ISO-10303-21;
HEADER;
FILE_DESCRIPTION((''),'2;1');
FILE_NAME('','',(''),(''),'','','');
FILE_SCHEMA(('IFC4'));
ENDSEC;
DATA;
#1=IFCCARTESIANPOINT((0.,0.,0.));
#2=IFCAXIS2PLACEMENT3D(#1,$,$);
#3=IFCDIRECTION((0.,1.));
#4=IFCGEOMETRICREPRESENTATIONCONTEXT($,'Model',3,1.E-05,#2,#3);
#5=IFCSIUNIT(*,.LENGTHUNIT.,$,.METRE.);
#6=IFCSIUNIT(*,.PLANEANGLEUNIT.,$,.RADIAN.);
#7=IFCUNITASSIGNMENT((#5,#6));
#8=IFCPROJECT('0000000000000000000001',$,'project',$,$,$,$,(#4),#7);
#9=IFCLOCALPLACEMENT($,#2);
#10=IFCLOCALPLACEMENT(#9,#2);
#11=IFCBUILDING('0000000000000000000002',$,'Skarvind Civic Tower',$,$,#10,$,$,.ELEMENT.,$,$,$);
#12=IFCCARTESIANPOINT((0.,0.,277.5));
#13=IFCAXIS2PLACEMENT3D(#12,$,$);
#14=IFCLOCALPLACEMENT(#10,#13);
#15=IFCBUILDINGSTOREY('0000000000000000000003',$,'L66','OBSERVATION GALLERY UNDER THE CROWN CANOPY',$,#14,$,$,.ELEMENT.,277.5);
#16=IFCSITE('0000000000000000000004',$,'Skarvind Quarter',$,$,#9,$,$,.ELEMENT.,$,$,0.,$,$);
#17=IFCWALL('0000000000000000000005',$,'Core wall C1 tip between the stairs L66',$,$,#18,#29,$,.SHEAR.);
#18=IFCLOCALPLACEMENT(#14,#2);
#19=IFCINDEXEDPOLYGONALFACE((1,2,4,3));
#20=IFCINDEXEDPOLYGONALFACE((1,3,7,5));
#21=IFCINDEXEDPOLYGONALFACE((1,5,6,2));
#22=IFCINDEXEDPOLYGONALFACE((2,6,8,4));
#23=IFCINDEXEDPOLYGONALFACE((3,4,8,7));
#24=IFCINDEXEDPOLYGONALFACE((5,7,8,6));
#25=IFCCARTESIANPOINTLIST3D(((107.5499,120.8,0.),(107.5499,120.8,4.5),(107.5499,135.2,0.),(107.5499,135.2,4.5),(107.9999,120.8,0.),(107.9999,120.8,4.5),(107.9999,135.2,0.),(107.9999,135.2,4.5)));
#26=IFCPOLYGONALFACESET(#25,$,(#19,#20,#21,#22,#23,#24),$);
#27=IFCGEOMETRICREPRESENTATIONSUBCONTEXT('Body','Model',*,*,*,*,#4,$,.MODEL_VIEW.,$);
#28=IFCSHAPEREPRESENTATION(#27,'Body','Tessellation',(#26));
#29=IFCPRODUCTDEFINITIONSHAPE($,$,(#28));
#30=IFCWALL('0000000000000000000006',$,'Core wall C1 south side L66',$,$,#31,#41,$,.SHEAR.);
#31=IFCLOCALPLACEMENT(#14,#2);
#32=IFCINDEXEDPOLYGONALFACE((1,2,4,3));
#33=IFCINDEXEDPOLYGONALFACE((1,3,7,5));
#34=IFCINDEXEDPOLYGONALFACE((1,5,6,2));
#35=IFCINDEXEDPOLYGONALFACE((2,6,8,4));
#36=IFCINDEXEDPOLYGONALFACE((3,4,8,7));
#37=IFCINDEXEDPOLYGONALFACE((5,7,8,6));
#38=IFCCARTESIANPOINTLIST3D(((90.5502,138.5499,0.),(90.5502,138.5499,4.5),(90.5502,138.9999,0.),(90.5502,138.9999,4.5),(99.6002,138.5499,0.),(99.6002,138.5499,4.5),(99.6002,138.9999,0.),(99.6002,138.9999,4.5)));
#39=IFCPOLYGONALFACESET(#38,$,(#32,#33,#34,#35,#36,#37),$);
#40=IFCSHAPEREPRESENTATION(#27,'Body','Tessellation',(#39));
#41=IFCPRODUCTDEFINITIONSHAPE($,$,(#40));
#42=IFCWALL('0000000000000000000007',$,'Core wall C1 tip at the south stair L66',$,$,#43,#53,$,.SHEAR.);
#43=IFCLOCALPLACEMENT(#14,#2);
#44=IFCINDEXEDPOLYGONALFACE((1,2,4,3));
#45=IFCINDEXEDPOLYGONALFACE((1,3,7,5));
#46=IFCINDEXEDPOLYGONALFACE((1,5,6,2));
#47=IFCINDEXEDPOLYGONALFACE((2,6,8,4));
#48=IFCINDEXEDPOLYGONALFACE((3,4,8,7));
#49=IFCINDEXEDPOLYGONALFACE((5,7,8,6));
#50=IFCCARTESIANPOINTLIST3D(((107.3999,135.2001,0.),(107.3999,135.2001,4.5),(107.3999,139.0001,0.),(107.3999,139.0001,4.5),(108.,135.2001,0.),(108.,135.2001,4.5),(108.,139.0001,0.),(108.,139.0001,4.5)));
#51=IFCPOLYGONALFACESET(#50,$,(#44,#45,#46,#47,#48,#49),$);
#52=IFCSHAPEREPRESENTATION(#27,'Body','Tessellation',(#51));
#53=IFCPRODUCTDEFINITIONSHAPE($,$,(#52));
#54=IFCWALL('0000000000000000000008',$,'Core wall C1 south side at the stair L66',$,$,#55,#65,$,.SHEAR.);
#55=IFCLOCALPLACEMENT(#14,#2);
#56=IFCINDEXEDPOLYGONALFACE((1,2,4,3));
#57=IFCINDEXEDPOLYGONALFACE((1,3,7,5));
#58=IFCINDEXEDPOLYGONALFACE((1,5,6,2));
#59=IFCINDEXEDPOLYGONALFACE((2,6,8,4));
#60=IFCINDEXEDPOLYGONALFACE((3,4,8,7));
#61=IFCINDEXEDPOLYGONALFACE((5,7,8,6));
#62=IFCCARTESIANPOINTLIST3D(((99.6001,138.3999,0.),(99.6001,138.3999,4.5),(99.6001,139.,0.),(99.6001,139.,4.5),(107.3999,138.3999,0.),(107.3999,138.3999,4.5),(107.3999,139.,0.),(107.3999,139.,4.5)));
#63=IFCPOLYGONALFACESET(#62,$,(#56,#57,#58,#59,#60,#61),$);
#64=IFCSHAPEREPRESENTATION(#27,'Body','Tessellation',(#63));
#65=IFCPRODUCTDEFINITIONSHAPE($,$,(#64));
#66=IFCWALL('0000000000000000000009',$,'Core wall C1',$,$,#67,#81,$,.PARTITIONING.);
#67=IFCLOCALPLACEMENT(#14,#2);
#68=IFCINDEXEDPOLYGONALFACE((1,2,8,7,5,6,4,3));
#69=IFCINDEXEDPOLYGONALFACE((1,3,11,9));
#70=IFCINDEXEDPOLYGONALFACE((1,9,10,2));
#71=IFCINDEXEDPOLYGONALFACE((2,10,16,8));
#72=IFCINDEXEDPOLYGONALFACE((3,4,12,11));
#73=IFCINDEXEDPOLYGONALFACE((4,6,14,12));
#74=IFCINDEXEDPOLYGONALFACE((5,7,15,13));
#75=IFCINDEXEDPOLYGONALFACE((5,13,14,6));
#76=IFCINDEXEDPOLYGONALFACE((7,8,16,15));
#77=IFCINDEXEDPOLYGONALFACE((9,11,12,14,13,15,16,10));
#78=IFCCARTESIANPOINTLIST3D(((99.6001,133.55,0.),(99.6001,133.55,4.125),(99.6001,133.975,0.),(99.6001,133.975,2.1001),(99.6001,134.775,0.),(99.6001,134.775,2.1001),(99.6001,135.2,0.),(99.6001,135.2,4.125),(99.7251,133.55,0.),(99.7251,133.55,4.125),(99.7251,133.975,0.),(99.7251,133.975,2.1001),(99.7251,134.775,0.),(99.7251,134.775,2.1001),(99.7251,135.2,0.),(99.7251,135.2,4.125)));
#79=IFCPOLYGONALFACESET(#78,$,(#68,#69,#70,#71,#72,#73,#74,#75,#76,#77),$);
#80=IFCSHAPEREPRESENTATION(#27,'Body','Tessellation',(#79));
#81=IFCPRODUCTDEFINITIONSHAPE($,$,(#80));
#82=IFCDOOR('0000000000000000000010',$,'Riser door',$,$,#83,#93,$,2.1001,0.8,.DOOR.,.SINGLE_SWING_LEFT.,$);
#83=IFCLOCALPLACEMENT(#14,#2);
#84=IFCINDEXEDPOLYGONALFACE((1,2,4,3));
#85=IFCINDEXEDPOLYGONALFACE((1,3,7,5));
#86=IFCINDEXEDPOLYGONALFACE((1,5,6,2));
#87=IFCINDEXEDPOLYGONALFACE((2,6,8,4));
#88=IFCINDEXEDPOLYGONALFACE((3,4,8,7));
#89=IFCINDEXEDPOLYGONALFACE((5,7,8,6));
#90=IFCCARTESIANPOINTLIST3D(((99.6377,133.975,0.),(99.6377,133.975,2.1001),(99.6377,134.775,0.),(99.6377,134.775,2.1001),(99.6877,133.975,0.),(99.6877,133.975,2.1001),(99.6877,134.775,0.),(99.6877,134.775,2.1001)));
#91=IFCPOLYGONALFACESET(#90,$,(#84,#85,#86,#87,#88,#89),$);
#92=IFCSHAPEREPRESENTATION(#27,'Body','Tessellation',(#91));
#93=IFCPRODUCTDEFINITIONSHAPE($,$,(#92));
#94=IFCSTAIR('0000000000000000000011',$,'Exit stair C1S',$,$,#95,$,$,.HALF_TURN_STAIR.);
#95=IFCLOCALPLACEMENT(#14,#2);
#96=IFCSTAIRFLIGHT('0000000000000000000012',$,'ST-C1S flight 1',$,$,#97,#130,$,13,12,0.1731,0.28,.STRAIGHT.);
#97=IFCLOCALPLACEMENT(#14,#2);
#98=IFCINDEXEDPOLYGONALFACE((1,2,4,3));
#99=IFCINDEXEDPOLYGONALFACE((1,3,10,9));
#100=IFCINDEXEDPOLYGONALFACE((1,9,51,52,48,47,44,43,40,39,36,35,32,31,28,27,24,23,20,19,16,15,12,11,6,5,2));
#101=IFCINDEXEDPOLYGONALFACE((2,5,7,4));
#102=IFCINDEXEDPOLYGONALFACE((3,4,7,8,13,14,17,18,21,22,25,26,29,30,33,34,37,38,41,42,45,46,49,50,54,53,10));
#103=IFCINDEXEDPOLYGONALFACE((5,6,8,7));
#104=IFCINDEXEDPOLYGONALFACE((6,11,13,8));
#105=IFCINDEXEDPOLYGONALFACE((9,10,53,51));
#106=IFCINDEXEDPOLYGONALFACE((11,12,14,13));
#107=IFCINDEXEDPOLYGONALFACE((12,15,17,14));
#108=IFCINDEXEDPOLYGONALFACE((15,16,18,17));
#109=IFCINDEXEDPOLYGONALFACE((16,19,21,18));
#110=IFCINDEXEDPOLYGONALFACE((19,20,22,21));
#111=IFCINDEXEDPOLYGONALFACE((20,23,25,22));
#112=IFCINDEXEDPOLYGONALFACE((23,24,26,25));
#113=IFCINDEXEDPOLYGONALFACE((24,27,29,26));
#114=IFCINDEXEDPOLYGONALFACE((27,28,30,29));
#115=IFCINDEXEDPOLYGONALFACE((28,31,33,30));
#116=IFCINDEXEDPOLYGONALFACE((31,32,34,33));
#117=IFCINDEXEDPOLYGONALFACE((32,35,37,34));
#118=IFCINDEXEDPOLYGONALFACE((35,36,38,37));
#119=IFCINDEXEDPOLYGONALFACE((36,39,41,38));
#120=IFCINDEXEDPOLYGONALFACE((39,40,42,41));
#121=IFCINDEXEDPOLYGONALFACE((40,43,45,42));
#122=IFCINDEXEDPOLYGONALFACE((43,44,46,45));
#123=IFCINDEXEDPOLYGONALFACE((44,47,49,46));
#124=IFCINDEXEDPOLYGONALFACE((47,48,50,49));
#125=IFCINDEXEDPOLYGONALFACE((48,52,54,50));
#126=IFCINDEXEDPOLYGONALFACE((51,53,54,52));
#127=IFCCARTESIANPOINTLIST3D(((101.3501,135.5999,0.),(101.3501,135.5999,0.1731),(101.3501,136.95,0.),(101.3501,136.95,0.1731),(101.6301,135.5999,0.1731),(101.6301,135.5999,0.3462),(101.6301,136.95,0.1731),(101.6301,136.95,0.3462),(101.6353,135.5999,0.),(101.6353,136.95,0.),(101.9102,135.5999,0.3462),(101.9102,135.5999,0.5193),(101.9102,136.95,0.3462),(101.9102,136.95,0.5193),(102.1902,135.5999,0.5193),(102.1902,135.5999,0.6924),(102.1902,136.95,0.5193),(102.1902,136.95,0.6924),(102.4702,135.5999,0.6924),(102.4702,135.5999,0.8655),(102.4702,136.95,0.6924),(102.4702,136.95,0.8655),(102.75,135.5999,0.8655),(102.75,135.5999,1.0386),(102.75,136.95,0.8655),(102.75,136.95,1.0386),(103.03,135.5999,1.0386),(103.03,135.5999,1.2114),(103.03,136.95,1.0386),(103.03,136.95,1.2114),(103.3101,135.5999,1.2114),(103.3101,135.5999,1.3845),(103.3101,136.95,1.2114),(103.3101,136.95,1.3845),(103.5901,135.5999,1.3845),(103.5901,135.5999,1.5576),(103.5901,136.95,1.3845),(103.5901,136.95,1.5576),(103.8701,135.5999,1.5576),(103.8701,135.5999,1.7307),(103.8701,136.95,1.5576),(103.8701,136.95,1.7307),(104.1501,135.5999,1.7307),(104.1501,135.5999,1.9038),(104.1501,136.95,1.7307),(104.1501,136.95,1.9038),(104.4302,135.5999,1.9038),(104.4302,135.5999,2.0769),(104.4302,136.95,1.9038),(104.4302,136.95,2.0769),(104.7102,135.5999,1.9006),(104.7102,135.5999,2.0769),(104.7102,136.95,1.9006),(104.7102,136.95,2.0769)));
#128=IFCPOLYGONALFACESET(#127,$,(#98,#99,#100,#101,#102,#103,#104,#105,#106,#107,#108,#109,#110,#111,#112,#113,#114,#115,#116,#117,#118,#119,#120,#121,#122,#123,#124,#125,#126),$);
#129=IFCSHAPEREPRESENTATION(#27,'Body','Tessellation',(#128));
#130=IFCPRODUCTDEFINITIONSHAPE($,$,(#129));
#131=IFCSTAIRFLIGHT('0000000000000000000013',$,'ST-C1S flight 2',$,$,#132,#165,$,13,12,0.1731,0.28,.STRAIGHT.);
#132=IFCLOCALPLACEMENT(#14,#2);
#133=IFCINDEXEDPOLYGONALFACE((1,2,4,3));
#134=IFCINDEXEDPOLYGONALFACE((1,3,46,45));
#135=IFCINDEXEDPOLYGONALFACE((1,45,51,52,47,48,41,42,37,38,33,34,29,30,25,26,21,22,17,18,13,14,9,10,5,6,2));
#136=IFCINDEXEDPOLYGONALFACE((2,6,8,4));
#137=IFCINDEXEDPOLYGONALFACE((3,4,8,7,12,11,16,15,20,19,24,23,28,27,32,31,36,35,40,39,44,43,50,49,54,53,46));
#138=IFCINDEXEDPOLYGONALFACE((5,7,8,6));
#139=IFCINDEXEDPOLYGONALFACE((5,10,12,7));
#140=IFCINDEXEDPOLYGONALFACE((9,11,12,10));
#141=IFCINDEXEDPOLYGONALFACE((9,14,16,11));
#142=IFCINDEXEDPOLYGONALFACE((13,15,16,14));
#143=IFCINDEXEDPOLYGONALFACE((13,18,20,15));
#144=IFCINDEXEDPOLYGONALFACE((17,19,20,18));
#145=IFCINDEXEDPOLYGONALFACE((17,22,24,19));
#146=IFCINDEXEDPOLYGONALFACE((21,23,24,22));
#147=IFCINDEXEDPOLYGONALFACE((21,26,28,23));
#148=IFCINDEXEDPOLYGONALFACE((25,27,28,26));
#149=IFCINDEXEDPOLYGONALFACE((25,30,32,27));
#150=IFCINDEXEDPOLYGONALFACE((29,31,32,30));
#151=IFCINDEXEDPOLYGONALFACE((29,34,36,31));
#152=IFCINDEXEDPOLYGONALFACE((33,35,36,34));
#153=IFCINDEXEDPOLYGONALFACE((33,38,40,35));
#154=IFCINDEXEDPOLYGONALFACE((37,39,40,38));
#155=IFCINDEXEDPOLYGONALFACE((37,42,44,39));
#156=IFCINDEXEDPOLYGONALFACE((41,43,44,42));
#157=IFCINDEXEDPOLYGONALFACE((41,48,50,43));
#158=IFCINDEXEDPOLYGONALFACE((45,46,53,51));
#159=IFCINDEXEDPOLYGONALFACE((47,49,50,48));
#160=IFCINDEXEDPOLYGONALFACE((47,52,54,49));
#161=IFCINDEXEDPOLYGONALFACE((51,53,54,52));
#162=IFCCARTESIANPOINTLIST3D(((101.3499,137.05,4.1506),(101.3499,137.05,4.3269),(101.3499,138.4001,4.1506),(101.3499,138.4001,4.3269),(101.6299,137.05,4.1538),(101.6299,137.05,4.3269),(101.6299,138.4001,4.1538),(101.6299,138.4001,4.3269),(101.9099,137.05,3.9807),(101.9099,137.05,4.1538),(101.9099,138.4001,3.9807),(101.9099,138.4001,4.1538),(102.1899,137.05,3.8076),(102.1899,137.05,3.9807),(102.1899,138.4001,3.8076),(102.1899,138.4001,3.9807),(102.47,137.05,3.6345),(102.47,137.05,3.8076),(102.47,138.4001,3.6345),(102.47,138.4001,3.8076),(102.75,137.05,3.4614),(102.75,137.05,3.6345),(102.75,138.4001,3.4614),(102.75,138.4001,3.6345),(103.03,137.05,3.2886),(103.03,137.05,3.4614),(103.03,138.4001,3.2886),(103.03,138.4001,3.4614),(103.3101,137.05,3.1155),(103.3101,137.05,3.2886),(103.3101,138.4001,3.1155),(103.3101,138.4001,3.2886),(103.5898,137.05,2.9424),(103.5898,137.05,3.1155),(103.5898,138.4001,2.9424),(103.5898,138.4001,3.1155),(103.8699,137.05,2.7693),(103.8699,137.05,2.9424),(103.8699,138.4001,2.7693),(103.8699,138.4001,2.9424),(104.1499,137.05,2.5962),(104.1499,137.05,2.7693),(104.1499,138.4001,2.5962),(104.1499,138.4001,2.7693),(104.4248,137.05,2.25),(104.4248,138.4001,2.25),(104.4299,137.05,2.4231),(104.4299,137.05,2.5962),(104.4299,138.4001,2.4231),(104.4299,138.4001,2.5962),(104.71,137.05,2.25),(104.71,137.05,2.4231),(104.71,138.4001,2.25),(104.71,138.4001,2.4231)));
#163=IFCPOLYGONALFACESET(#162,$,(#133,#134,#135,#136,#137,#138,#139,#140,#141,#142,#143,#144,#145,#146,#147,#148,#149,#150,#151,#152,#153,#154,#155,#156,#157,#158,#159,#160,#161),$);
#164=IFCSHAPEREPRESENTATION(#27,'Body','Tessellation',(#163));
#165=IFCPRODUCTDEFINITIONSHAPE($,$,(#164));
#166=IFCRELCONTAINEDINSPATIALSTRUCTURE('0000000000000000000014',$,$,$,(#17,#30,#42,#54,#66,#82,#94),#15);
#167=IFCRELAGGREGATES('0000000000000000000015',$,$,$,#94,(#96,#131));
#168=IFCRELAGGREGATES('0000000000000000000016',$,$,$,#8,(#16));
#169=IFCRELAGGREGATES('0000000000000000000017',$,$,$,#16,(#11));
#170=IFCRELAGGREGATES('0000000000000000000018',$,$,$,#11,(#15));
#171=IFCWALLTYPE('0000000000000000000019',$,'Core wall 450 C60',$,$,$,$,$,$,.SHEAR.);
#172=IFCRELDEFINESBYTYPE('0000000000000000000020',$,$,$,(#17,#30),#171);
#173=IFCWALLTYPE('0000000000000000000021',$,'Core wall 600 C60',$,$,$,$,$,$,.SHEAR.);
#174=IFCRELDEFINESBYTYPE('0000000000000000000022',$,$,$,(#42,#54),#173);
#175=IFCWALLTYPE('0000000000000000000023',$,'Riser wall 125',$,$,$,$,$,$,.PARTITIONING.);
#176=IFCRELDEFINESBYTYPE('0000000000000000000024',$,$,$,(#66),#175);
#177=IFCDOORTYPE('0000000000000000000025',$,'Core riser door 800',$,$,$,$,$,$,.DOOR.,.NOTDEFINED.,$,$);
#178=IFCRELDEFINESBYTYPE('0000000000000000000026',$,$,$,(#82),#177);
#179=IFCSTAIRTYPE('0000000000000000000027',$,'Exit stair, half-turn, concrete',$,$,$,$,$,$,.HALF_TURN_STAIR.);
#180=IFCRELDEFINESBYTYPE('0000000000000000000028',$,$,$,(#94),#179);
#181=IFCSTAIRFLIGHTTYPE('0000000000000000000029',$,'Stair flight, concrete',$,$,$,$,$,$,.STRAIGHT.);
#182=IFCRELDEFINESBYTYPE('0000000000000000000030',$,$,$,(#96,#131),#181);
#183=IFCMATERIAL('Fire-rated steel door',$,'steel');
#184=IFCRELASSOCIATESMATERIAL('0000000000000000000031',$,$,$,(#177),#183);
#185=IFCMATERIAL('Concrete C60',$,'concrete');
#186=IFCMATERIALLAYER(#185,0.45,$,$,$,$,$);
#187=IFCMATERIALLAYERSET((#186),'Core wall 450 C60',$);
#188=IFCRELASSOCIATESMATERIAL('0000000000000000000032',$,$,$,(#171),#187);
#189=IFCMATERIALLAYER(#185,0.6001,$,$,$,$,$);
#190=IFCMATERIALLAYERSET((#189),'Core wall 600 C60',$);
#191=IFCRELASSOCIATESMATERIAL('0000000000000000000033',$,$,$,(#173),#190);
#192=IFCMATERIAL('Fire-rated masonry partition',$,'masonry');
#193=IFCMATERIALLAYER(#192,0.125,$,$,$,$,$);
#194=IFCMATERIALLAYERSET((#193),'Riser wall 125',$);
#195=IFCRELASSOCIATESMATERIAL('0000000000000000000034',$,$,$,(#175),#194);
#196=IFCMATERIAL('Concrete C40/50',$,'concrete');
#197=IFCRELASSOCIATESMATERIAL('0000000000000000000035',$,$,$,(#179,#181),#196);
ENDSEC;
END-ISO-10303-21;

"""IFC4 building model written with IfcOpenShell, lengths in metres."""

from ifc_helpers import new_model, si_unit, direction, frame, frame_2d, origin, place, context, subcontext, project, spatial, polyline, rectangle, outline, extrude, material, layer, layer_set, type_object, element, fill, aggregate, save


model = new_model("IFC4")

# Units and contexts
model_context = context("Model", 3, precision=1e-05, world=origin(), true_north=direction((0.0, 1.0)))
body_context = subcontext(model_context, "Body", "Model", "MODEL_VIEW")
ifc_project = project(units=[si_unit("LENGTHUNIT", "METRE"), si_unit("PLANEANGLEUNIT", "RADIAN")], contexts=[model_context])

# Site, building, storey
site_placement = place(None, origin())
site = spatial("IfcSite", under=ifc_project, at=site_placement, Name="Skarvind Quarter", CompositionType="ELEMENT", RefElevation=0.0)
building_placement = place(site_placement, origin())
building = spatial("IfcBuilding", under=site, at=building_placement, Name="Skarvind Civic Tower", CompositionType="ELEMENT")
storey_placement = place(building_placement, frame((0.0, 0.0, 277.5)))
storey = spatial("IfcBuildingStorey", under=building, at=storey_placement, Name="L66", Description="OBSERVATION GALLERY UNDER THE CROWN CANOPY", CompositionType="ELEMENT", Elevation=277.5)

# Shared definitions
ifc_material_1 = material(Name="Concrete C60", Category="concrete")
ifc_material_2 = material(Name="Fire-rated steel door", Category="steel")
door_type_1 = type_object("IfcDoorType", Name="Core riser door 800", OperationType="NOTDEFINED", PredefinedType="DOOR", material=ifc_material_2)

# Walls
ifc_layer_1 = layer(ifc_material_1, 0.45)
ifc_layer_set_1 = layer_set([ifc_layer_1], Name="Core wall 450 C60")
wall_type_1 = type_object("IfcWallType", Name="Core wall 450 C60", PredefinedType="SHEAR", material=ifc_layer_set_1)
wall_1_placement = place(storey_placement, frame((107.7749, 135.2, 0.0), z_axis=(0.0, 0.0, 1.0), x_axis=(0.0, -1.0, 0.0)))
element("IfcWall", 1, at=wall_1_placement, inside=storey, type_object=wall_type_1, Name="Core wall C1 tip between the stairs L66", PredefinedType="SHEAR", context=body_context, shape_type="SweptSolid", body=[
    extrude(rectangle(XDim=14.3999, YDim=0.45, at=frame_2d((7.2, 0.0))), origin(), (0.0, 0.0, 1.0), 4.5),
])
wall_2_placement = place(storey_placement, frame((99.6001, 138.7749, 0.0), z_axis=(0.0, 0.0, 1.0), x_axis=(-1.0, 0.0, 0.0)))
element("IfcWall", 2, at=wall_2_placement, inside=storey, type_object=wall_type_1, Name="Core wall C1 south side L66", PredefinedType="SHEAR", context=body_context, shape_type="SweptSolid", body=[
    extrude(rectangle(XDim=9.05, YDim=0.45, at=frame_2d((4.5249, 0.0))), origin(), (0.0, 0.0, 1.0), 4.5),
])
ifc_layer_2 = layer(ifc_material_1, 0.6001)
ifc_layer_set_2 = layer_set([ifc_layer_2], Name="Core wall 600 C60")
wall_type_2 = type_object("IfcWallType", Name="Core wall 600 C60", PredefinedType="SHEAR", material=ifc_layer_set_2)
wall_3_placement = place(storey_placement, frame((107.7, 139.0, 0.0), z_axis=(0.0, 0.0, 1.0), x_axis=(0.0, -1.0, 0.0)))
element("IfcWall", 3, at=wall_3_placement, inside=storey, type_object=wall_type_2, Name="Core wall C1 tip at the south stair L66", PredefinedType="SHEAR", context=body_context, shape_type="SweptSolid", body=[
    extrude(rectangle(XDim=3.8, YDim=0.6001, at=frame_2d((1.8999, 0.0))), origin(), (0.0, 0.0, 1.0), 4.5),
])
wall_4_placement = place(storey_placement, frame((107.3999, 138.7, 0.0), z_axis=(0.0, 0.0, 1.0), x_axis=(-1.0, 0.0, 0.0)))
element("IfcWall", 4, at=wall_4_placement, inside=storey, type_object=wall_type_2, Name="Core wall C1 south side at the stair L66", PredefinedType="SHEAR", context=body_context, shape_type="SweptSolid", body=[
    extrude(rectangle(XDim=7.7998, YDim=0.6001, at=frame_2d((3.8999, 0.0))), origin(), (0.0, 0.0, 1.0), 4.5),
])

# Wall, opening, door
ifc_material_3 = material(Name="Fire-rated masonry partition", Category="masonry")
ifc_layer_3 = layer(ifc_material_3, 0.125)
ifc_layer_set_3 = layer_set([ifc_layer_3], Name="Riser wall 125")
wall_type_3 = type_object("IfcWallType", Name="Riser wall 125", PredefinedType="PARTITIONING", material=ifc_layer_set_3)
wall_5_placement = place(storey_placement, frame((99.6626, 133.55, 0.0), z_axis=(0.0, 0.0, 1.0), x_axis=(0.0, 1.0, 0.0)))
wall_5 = element("IfcWall", 5, at=wall_5_placement, inside=storey, type_object=wall_type_3, Name="Core wall C1", PredefinedType="PARTITIONING", context=body_context, shape_type="SweptSolid", body=[
    extrude(rectangle(XDim=1.6499, YDim=0.125, at=frame_2d((0.825, 0.0))), origin(), (0.0, 0.0, 1.0), 4.125),
])
opening_1_placement = place(wall_5_placement, frame((0.425, 0.0, 0.0)))
opening_1 = element("IfcOpeningElement", 6, at=opening_1_placement, cuts=wall_5, PredefinedType="OPENING", context=body_context, shape_type="SweptSolid", body=[
    extrude(rectangle(XDim=0.8, YDim=2.1001, at=frame_2d((0.3999, 1.05))), frame((0.0, 0.0725, 0.0), z_axis=(0.0, -1.0, 0.0), x_axis=(1.0, 0.0, 0.0)), (0.0, 0.0, 1.0), 0.145),
])
door_1_placement = place(opening_1_placement, origin())
door_1 = element("IfcDoor", 7, at=door_1_placement, inside=storey, type_object=door_type_1, Name="Riser door", OperationType="SINGLE_SWING_LEFT", OverallHeight=2.1001, OverallWidth=0.8, PredefinedType="DOOR", context=body_context, shape_type="SweptSolid", body=[
    extrude(rectangle(XDim=0.8, YDim=2.1001, at=frame_2d((0.3999, 1.05))), frame((0.0, 0.0249, 0.0), z_axis=(0.0, -1.0, 0.0), x_axis=(1.0, 0.0, 0.0)), (0.0, 0.0, 1.0), 0.05),
])
fill(opening_1, door_1)

# Stair, stair flights
ifc_material_4 = material(Name="Concrete C40/50", Category="concrete")
stair_type = type_object("IfcStairType", Name="Exit stair, half-turn, concrete", PredefinedType="HALF_TURN_STAIR", material=ifc_material_4)
stair_placement = place(storey_placement, origin())
stair = element("IfcStair", 8, at=stair_placement, inside=storey, type_object=stair_type, Name="Exit stair C1S", PredefinedType="HALF_TURN_STAIR")
stair_flight_type = type_object("IfcStairFlightType", Name="Stair flight, concrete", PredefinedType="STRAIGHT", material=ifc_material_4)
stair_flight_1_placement = place(storey_placement, frame((101.3501, 136.2749, 0.0), z_axis=(0.0, 0.0, 1.0), x_axis=(1.0, 0.0, 0.0)))
stair_flight_1 = element("IfcStairFlight", 9, at=stair_flight_1_placement, type_object=stair_flight_type, Name="ST-C1S flight 1", NumberOfRisers=13, NumberOfTreads=12, PredefinedType="STRAIGHT", RiserHeight=0.1731, TreadLength=0.28, context=body_context, shape_type="SweptSolid", body=[
    extrude(outline(polyline([(0.0, 0.0), (0.0, 0.1731), (0.28, 0.1731), (0.28, 0.3462), (0.5601, 0.3462), (0.5601, 0.5193), (0.8401, 0.5193), (0.8401, 0.6924), (1.1201, 0.6924), (1.1201, 0.8655), (1.3999, 0.8655), (1.3999, 1.0386), (1.6799, 1.0386), (1.6799, 1.2114), (1.96, 1.2114), (1.96, 1.3845), (2.24, 1.3845), (2.24, 1.5576), (2.52, 1.5576), (2.52, 1.7307), (2.8, 1.7307), (2.8, 1.9038), (3.0801, 1.9038), (3.0801, 2.0769), (3.3601, 2.0769), (3.3601, 2.25), (3.3601, 1.9006), (0.2852, 0.0), (0.0, 0.0)])), frame((0.0, 0.675, 0.0), z_axis=(0.0, -1.0, 0.0), x_axis=(1.0, 0.0, 0.0)), (0.0, 0.0, 1.0), 1.3501),
])
stair_flight_2_placement = place(storey_placement, frame((104.71, 137.7251, 2.25), z_axis=(0.0, 0.0, 1.0), x_axis=(-1.0, 0.0, 0.0)))
stair_flight_2 = element("IfcStairFlight", 10, at=stair_flight_2_placement, type_object=stair_flight_type, Name="ST-C1S flight 2", NumberOfRisers=13, NumberOfTreads=12, PredefinedType="STRAIGHT", RiserHeight=0.1731, TreadLength=0.28, context=body_context, shape_type="SweptSolid", body=[
    extrude(outline(polyline([(0.0, 0.0), (0.0, 0.1731), (0.28, 0.1731), (0.28, 0.3462), (0.5601, 0.3462), (0.5601, 0.5193), (0.8401, 0.5193), (0.8401, 0.6924), (1.1201, 0.6924), (1.1201, 0.8655), (1.3999, 0.8655), (1.3999, 1.0386), (1.6799, 1.0386), (1.6799, 1.2114), (1.96, 1.2114), (1.96, 1.3845), (2.24, 1.3845), (2.24, 1.5576), (2.52, 1.5576), (2.52, 1.7307), (2.8, 1.7307), (2.8, 1.9038), (3.0801, 1.9038), (3.0801, 2.0769), (3.3601, 2.0769), (3.3601, 2.25), (3.3601, 1.9006), (0.2852, 0.0), (0.0, 0.0)])), frame((0.0, 0.675, 0.0), z_axis=(0.0, -1.0, 0.0), x_axis=(1.0, 0.0, 0.0)), (0.0, 0.0, 1.0), 1.3501),
])
aggregate(stair, [stair_flight_1, stair_flight_2])

save(model, "model.ifc")
